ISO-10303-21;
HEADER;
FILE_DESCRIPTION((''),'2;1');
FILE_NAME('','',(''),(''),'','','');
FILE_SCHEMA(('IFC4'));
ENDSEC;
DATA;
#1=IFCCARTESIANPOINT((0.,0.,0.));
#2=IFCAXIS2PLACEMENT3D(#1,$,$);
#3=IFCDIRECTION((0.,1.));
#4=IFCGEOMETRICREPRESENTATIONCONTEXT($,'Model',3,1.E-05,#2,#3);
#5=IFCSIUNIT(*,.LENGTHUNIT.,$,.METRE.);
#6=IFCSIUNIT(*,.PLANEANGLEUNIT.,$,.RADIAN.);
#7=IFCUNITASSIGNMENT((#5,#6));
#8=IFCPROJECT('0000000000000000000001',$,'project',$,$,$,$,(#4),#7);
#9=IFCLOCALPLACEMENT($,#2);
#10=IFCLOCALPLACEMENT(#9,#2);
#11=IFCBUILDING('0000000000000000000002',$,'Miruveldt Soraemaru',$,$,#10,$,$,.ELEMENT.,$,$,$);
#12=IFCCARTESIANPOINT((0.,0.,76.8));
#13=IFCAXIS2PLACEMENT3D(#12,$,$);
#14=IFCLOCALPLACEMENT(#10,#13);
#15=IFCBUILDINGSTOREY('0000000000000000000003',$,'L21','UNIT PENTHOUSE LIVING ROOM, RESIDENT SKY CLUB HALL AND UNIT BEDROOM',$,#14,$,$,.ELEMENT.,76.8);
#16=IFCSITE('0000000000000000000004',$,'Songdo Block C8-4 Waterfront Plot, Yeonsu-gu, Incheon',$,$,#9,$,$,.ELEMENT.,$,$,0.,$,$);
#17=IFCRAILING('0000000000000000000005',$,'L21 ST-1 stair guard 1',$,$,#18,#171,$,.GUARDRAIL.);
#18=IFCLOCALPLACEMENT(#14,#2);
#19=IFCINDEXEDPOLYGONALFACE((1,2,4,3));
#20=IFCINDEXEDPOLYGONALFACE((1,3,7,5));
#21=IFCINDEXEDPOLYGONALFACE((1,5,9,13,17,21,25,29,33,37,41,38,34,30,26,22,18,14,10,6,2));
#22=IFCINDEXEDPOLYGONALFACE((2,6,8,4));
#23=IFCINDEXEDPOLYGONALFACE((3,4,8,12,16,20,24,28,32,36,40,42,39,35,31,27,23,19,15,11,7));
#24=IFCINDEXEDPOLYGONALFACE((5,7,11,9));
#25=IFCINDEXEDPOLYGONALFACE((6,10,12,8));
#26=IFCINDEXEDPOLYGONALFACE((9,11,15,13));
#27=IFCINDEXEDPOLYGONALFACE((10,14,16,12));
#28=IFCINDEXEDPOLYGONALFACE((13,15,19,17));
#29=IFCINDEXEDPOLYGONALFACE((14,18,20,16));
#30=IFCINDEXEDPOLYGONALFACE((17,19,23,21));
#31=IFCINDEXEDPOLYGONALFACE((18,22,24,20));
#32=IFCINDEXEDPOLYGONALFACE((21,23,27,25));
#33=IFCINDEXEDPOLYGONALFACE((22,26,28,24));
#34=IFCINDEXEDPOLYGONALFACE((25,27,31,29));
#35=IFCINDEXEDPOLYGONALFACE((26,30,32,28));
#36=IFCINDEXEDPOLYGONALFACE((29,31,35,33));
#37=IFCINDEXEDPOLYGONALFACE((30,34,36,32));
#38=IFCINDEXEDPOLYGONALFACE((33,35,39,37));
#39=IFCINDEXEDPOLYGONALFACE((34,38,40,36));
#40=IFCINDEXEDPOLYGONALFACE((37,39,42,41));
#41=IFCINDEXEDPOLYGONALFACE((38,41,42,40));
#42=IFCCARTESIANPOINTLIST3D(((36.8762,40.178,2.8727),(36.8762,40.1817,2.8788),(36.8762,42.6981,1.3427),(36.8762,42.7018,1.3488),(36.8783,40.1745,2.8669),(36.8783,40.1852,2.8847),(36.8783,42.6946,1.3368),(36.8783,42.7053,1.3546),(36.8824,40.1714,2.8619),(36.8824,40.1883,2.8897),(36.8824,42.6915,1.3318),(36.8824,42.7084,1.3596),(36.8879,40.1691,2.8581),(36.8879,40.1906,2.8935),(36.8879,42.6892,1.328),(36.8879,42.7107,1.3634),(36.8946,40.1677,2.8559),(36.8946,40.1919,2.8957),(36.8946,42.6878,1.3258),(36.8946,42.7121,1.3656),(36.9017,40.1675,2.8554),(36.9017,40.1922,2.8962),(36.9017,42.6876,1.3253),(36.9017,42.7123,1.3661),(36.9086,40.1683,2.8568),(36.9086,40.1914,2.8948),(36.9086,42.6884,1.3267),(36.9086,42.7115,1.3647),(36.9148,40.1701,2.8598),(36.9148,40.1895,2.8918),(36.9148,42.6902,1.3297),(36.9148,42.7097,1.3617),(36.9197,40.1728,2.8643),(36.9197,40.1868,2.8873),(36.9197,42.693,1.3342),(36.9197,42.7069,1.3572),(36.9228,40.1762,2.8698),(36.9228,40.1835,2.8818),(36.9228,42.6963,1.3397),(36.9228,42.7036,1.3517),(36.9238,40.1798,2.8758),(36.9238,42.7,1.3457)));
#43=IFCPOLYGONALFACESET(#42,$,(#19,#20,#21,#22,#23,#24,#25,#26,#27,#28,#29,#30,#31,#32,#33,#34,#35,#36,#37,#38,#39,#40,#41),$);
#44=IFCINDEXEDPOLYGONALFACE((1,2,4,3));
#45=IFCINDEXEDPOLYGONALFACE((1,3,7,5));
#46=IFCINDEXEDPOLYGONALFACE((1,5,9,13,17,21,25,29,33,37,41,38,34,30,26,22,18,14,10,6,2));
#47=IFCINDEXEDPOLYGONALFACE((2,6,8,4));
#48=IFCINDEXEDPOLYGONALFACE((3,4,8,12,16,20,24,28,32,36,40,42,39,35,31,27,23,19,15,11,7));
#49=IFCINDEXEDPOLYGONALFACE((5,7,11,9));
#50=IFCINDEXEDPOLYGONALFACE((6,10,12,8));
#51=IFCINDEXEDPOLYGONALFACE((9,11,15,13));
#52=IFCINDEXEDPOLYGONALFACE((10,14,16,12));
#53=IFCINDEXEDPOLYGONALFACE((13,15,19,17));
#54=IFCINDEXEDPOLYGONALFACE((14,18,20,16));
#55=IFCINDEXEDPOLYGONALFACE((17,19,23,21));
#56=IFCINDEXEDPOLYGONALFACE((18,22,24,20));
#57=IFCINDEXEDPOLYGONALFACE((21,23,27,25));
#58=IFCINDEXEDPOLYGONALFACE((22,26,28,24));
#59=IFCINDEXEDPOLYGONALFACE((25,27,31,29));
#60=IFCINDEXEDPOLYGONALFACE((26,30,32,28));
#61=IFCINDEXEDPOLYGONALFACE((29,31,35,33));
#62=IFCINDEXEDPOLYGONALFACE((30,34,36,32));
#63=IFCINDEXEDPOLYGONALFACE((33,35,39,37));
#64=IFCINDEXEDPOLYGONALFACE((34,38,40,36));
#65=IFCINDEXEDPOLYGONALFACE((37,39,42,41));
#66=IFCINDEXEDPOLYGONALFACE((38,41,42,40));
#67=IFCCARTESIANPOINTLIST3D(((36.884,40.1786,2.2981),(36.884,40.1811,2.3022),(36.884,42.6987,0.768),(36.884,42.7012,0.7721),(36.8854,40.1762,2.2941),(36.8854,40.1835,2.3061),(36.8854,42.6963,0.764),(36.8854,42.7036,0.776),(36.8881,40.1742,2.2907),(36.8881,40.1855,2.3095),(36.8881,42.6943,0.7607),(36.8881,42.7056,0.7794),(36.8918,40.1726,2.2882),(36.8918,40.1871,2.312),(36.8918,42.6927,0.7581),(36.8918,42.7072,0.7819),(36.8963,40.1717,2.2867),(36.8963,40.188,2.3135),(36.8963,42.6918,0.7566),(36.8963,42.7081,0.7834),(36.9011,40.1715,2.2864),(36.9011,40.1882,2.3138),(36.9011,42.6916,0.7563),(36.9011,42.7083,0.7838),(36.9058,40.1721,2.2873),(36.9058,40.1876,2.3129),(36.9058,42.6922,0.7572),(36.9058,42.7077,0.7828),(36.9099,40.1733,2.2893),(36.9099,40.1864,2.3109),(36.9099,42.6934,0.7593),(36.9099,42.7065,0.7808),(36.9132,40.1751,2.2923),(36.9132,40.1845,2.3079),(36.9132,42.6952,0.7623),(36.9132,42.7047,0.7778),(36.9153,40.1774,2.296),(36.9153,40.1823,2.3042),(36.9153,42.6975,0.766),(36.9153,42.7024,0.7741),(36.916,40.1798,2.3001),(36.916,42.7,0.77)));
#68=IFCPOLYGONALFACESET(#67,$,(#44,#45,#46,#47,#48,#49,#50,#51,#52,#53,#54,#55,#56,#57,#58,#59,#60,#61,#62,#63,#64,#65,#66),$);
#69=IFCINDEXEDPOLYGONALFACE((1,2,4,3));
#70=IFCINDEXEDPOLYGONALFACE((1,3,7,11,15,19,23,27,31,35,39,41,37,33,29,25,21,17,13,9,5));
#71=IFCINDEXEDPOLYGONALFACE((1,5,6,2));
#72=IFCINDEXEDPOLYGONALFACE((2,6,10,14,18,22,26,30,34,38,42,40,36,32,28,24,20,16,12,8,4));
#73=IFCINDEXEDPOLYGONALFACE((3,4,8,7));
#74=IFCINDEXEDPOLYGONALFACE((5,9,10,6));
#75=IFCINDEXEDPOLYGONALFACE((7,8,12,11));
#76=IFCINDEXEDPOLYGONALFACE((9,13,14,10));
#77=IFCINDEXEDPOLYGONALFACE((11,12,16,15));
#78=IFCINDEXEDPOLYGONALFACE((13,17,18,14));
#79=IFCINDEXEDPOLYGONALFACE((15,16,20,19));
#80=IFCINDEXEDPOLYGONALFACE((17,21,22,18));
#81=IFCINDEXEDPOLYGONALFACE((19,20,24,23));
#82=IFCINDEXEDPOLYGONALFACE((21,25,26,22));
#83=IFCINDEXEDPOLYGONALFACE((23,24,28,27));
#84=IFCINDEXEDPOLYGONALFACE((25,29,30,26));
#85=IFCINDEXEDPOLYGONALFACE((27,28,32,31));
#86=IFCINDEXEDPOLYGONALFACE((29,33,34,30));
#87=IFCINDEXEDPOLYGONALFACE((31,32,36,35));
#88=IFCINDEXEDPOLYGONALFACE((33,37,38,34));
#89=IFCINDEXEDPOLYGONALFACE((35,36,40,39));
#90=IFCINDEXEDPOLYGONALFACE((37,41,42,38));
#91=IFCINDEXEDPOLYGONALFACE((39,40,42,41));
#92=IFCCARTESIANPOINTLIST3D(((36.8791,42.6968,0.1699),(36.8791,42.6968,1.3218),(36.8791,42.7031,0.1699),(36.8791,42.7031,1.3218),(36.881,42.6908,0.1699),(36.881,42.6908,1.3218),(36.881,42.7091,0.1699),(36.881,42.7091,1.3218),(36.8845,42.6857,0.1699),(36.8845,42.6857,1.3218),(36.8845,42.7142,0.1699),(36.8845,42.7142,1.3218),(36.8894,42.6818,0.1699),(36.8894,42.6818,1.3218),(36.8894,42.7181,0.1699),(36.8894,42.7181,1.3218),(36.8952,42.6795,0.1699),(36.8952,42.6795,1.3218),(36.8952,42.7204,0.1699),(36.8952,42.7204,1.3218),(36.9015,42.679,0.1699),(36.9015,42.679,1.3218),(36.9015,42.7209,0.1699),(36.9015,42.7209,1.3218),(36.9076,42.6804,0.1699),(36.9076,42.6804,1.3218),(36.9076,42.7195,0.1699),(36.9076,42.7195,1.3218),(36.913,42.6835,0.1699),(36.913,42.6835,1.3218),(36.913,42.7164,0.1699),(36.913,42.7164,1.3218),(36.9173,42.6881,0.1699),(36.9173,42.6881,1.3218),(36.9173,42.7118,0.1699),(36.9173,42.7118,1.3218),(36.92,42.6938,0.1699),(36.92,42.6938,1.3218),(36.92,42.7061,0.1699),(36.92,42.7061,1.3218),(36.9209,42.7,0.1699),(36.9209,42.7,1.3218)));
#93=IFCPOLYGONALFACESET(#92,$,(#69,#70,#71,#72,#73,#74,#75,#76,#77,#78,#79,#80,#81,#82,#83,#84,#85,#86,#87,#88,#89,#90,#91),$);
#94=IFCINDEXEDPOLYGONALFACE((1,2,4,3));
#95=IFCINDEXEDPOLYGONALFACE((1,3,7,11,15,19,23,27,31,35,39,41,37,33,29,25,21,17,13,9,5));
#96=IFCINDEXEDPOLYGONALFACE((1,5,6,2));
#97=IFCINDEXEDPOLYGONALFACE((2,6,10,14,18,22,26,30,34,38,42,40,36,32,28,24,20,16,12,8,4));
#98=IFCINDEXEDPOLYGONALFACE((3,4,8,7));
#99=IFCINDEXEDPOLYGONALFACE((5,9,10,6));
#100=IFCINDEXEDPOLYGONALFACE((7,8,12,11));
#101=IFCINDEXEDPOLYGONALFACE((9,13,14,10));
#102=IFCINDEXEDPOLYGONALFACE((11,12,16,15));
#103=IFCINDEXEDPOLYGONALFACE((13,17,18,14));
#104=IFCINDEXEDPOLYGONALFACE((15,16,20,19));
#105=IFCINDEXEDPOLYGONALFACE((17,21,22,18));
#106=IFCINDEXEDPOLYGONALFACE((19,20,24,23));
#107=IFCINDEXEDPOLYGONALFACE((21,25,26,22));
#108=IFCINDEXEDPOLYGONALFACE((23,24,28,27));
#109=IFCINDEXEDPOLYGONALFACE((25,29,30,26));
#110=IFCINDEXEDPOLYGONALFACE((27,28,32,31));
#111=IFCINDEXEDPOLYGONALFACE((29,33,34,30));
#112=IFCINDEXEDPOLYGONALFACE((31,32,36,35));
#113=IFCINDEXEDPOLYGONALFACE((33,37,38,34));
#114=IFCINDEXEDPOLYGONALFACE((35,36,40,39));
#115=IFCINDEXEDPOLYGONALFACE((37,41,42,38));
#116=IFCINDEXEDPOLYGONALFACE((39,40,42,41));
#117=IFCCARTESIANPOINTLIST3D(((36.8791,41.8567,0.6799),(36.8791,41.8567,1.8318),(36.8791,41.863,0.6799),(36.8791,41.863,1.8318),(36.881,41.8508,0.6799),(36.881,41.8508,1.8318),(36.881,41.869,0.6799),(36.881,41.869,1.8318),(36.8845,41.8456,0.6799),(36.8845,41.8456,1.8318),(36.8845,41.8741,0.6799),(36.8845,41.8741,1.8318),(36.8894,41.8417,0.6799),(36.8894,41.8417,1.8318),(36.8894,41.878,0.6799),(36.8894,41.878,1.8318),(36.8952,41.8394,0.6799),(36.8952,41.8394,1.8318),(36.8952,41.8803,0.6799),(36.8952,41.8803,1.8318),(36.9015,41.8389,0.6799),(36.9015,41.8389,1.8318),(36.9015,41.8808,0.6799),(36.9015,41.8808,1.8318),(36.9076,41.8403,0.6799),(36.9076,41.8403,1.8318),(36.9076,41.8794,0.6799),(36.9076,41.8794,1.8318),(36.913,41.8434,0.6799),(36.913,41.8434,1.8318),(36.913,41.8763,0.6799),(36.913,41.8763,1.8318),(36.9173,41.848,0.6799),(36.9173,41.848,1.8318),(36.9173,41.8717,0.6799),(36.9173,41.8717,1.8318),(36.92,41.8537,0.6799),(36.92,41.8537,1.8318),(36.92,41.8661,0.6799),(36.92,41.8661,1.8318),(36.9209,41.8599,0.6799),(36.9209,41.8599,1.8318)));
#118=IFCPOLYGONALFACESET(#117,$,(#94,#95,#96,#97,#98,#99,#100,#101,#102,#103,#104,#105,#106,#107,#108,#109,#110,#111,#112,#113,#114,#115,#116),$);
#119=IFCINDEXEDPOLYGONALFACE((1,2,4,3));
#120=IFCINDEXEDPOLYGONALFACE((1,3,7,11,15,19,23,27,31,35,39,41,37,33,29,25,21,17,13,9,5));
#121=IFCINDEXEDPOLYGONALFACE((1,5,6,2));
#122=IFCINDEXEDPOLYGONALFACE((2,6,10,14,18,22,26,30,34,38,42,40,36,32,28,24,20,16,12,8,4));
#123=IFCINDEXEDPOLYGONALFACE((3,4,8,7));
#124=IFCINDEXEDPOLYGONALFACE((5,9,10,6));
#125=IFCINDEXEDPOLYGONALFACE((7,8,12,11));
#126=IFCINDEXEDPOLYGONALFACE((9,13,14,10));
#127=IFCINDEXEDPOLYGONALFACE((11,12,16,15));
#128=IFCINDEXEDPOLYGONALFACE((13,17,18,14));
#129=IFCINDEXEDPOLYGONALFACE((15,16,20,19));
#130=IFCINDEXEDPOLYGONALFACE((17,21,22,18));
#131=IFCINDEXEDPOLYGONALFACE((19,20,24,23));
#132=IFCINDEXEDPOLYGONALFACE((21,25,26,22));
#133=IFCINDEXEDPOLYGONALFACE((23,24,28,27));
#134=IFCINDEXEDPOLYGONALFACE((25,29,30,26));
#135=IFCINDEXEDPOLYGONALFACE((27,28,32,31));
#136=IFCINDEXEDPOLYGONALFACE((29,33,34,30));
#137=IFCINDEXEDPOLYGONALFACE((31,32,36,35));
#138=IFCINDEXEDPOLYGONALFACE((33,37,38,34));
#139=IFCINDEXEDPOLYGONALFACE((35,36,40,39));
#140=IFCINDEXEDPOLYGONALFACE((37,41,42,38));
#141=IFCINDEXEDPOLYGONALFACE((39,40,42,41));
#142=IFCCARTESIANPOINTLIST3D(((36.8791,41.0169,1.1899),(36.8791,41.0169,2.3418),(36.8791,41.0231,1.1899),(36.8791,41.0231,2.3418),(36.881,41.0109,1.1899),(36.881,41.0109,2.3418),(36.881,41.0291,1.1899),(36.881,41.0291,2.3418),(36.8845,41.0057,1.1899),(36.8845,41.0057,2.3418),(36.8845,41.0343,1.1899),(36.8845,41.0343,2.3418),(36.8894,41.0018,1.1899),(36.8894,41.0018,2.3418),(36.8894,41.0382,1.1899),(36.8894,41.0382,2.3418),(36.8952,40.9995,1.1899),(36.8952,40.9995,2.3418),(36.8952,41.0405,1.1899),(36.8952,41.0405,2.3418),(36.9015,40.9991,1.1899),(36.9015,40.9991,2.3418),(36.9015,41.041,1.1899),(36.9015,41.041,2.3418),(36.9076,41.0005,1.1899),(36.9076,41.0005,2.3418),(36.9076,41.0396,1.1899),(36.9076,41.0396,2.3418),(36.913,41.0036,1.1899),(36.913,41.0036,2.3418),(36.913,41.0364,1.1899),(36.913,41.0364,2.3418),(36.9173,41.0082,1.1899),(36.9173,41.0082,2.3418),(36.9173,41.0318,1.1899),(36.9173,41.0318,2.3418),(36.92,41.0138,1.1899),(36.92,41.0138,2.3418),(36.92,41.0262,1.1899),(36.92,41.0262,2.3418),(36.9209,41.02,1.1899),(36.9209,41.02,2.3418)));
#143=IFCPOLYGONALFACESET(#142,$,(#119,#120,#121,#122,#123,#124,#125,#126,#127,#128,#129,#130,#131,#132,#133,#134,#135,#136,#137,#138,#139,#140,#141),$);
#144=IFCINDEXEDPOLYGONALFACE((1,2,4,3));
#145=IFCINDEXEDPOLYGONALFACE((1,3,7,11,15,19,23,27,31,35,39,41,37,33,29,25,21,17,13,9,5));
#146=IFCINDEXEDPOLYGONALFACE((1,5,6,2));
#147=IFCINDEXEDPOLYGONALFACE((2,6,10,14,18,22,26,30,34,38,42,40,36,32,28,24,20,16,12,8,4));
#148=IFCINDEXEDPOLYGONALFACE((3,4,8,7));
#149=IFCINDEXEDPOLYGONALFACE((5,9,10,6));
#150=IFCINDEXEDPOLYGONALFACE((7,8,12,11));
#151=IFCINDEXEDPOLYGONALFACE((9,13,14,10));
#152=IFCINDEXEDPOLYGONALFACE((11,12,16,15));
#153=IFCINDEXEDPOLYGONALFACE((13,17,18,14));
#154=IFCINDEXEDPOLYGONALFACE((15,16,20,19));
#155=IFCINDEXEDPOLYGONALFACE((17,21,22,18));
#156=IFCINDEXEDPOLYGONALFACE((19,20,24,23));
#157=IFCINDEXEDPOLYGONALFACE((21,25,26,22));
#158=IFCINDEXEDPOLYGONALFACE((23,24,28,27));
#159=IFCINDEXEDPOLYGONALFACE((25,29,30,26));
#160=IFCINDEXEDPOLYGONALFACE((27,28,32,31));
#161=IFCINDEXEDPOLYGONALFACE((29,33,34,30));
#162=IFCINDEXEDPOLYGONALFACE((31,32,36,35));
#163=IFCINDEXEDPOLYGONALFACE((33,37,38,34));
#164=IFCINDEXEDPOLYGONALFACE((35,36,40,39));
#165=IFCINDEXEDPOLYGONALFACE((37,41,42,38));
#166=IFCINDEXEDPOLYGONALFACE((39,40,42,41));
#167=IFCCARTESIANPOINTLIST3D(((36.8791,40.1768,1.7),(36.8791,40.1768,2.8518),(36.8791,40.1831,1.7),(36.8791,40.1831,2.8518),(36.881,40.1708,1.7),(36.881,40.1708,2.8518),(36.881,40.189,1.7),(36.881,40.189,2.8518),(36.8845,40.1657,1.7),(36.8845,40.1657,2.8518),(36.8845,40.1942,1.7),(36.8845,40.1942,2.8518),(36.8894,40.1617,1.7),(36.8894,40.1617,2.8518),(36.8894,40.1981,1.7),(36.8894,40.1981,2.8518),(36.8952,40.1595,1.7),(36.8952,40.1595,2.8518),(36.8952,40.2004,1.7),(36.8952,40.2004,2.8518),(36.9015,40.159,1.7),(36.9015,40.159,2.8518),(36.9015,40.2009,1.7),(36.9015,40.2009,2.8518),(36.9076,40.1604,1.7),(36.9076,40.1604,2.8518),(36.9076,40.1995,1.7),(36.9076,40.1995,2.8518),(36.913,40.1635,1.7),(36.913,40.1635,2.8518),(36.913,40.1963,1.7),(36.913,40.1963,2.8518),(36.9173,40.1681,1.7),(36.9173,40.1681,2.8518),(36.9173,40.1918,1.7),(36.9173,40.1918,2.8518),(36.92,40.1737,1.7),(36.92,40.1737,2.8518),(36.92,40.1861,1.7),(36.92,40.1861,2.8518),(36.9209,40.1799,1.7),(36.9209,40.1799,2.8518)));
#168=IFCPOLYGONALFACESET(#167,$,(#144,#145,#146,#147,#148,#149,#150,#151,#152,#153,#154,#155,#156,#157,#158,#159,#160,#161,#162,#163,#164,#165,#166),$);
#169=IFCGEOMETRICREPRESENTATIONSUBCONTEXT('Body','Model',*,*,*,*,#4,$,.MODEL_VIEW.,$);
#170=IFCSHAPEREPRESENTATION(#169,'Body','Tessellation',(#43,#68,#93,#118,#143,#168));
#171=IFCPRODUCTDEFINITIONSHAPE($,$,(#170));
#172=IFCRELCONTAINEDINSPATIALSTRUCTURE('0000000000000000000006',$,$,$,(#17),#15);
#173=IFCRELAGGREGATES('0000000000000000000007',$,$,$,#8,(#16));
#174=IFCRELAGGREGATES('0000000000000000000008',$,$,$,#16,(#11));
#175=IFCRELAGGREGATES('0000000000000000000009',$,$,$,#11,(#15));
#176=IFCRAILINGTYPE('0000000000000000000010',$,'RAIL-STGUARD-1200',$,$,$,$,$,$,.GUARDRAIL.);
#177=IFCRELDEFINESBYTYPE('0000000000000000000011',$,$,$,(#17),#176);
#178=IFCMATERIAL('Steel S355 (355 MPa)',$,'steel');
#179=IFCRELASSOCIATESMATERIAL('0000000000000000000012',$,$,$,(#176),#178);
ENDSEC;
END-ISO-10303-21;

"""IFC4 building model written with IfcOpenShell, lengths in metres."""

from ifc_helpers import new_model, si_unit, direction, frame, origin, origin_2d, place, context, subcontext, project, spatial, circle, extrude, material, type_object, element, save


model = new_model("IFC4")

# Units and contexts
model_context = context("Model", 3, precision=1e-05, world=origin(), true_north=direction((0.0, 1.0)))
body_context = subcontext(model_context, "Body", "Model", "MODEL_VIEW")
ifc_project = project(units=[si_unit("LENGTHUNIT", "METRE"), si_unit("PLANEANGLEUNIT", "RADIAN")], contexts=[model_context])

# Site, building, storey
site_placement = place(None, origin())
site = spatial("IfcSite", under=ifc_project, at=site_placement, Name="Songdo Block C8-4 Waterfront Plot, Yeonsu-gu, Incheon", CompositionType="ELEMENT", RefElevation=0.0)
building_placement = place(site_placement, origin())
building = spatial("IfcBuilding", under=site, at=building_placement, Name="Miruveldt Soraemaru", CompositionType="ELEMENT")
storey_placement = place(building_placement, frame((0.0, 0.0, 76.8)))
storey = spatial("IfcBuildingStorey", under=building, at=storey_placement, Name="L21", Description="UNIT PENTHOUSE LIVING ROOM, RESIDENT SKY CLUB HALL AND UNIT BEDROOM", CompositionType="ELEMENT", Elevation=76.8)

# Railing
ifc_material_1 = material(Name="Steel S355 (355 MPa)", Category="steel")
railing_type_1 = type_object("IfcRailingType", Name="RAIL-STGUARD-1200", PredefinedType="GUARDRAIL", material=ifc_material_1)
railing_1_placement = place(storey_placement, frame((36.8999, 42.7, 0.1699)))
element("IfcRailing", 1, at=railing_1_placement, inside=storey, type_object=railing_type_1, Name="L21 ST-1 stair guard 1", PredefinedType="GUARDRAIL", context=body_context, shape_type="SweptSolid", body=[
    extrude(circle(Radius=0.0239, at=origin_2d()), frame((0.0, 0.0, 1.1758), z_axis=(0.0, -0.854785, 0.518982), x_axis=(1.0, 0.0, 0.0)), (0.0, 0.0, 1.0), 2.9482),
    extrude(circle(Radius=0.0161, at=origin_2d()), frame((0.0, 0.0, 0.6001), z_axis=(0.0, -0.854785, 0.518982), x_axis=(1.0, 0.0, 0.0)), (0.0, 0.0, 1.0), 2.9482),
    extrude(circle(Radius=0.021, at=origin_2d()), origin(), (0.0, 0.0, 1.0), 1.1519),
    extrude(circle(Radius=0.021, at=origin_2d()), frame((0.0, -0.8401, 0.51)), (0.0, 0.0, 1.0), 1.1519),
    extrude(circle(Radius=0.021, at=origin_2d()), frame((0.0, -1.6799, 1.02)), (0.0, 0.0, 1.0), 1.1519),
    extrude(circle(Radius=0.021, at=origin_2d()), frame((0.0, -2.52, 1.53)), (0.0, 0.0, 1.0), 1.1519),
])

save(model, "model.ifc")
